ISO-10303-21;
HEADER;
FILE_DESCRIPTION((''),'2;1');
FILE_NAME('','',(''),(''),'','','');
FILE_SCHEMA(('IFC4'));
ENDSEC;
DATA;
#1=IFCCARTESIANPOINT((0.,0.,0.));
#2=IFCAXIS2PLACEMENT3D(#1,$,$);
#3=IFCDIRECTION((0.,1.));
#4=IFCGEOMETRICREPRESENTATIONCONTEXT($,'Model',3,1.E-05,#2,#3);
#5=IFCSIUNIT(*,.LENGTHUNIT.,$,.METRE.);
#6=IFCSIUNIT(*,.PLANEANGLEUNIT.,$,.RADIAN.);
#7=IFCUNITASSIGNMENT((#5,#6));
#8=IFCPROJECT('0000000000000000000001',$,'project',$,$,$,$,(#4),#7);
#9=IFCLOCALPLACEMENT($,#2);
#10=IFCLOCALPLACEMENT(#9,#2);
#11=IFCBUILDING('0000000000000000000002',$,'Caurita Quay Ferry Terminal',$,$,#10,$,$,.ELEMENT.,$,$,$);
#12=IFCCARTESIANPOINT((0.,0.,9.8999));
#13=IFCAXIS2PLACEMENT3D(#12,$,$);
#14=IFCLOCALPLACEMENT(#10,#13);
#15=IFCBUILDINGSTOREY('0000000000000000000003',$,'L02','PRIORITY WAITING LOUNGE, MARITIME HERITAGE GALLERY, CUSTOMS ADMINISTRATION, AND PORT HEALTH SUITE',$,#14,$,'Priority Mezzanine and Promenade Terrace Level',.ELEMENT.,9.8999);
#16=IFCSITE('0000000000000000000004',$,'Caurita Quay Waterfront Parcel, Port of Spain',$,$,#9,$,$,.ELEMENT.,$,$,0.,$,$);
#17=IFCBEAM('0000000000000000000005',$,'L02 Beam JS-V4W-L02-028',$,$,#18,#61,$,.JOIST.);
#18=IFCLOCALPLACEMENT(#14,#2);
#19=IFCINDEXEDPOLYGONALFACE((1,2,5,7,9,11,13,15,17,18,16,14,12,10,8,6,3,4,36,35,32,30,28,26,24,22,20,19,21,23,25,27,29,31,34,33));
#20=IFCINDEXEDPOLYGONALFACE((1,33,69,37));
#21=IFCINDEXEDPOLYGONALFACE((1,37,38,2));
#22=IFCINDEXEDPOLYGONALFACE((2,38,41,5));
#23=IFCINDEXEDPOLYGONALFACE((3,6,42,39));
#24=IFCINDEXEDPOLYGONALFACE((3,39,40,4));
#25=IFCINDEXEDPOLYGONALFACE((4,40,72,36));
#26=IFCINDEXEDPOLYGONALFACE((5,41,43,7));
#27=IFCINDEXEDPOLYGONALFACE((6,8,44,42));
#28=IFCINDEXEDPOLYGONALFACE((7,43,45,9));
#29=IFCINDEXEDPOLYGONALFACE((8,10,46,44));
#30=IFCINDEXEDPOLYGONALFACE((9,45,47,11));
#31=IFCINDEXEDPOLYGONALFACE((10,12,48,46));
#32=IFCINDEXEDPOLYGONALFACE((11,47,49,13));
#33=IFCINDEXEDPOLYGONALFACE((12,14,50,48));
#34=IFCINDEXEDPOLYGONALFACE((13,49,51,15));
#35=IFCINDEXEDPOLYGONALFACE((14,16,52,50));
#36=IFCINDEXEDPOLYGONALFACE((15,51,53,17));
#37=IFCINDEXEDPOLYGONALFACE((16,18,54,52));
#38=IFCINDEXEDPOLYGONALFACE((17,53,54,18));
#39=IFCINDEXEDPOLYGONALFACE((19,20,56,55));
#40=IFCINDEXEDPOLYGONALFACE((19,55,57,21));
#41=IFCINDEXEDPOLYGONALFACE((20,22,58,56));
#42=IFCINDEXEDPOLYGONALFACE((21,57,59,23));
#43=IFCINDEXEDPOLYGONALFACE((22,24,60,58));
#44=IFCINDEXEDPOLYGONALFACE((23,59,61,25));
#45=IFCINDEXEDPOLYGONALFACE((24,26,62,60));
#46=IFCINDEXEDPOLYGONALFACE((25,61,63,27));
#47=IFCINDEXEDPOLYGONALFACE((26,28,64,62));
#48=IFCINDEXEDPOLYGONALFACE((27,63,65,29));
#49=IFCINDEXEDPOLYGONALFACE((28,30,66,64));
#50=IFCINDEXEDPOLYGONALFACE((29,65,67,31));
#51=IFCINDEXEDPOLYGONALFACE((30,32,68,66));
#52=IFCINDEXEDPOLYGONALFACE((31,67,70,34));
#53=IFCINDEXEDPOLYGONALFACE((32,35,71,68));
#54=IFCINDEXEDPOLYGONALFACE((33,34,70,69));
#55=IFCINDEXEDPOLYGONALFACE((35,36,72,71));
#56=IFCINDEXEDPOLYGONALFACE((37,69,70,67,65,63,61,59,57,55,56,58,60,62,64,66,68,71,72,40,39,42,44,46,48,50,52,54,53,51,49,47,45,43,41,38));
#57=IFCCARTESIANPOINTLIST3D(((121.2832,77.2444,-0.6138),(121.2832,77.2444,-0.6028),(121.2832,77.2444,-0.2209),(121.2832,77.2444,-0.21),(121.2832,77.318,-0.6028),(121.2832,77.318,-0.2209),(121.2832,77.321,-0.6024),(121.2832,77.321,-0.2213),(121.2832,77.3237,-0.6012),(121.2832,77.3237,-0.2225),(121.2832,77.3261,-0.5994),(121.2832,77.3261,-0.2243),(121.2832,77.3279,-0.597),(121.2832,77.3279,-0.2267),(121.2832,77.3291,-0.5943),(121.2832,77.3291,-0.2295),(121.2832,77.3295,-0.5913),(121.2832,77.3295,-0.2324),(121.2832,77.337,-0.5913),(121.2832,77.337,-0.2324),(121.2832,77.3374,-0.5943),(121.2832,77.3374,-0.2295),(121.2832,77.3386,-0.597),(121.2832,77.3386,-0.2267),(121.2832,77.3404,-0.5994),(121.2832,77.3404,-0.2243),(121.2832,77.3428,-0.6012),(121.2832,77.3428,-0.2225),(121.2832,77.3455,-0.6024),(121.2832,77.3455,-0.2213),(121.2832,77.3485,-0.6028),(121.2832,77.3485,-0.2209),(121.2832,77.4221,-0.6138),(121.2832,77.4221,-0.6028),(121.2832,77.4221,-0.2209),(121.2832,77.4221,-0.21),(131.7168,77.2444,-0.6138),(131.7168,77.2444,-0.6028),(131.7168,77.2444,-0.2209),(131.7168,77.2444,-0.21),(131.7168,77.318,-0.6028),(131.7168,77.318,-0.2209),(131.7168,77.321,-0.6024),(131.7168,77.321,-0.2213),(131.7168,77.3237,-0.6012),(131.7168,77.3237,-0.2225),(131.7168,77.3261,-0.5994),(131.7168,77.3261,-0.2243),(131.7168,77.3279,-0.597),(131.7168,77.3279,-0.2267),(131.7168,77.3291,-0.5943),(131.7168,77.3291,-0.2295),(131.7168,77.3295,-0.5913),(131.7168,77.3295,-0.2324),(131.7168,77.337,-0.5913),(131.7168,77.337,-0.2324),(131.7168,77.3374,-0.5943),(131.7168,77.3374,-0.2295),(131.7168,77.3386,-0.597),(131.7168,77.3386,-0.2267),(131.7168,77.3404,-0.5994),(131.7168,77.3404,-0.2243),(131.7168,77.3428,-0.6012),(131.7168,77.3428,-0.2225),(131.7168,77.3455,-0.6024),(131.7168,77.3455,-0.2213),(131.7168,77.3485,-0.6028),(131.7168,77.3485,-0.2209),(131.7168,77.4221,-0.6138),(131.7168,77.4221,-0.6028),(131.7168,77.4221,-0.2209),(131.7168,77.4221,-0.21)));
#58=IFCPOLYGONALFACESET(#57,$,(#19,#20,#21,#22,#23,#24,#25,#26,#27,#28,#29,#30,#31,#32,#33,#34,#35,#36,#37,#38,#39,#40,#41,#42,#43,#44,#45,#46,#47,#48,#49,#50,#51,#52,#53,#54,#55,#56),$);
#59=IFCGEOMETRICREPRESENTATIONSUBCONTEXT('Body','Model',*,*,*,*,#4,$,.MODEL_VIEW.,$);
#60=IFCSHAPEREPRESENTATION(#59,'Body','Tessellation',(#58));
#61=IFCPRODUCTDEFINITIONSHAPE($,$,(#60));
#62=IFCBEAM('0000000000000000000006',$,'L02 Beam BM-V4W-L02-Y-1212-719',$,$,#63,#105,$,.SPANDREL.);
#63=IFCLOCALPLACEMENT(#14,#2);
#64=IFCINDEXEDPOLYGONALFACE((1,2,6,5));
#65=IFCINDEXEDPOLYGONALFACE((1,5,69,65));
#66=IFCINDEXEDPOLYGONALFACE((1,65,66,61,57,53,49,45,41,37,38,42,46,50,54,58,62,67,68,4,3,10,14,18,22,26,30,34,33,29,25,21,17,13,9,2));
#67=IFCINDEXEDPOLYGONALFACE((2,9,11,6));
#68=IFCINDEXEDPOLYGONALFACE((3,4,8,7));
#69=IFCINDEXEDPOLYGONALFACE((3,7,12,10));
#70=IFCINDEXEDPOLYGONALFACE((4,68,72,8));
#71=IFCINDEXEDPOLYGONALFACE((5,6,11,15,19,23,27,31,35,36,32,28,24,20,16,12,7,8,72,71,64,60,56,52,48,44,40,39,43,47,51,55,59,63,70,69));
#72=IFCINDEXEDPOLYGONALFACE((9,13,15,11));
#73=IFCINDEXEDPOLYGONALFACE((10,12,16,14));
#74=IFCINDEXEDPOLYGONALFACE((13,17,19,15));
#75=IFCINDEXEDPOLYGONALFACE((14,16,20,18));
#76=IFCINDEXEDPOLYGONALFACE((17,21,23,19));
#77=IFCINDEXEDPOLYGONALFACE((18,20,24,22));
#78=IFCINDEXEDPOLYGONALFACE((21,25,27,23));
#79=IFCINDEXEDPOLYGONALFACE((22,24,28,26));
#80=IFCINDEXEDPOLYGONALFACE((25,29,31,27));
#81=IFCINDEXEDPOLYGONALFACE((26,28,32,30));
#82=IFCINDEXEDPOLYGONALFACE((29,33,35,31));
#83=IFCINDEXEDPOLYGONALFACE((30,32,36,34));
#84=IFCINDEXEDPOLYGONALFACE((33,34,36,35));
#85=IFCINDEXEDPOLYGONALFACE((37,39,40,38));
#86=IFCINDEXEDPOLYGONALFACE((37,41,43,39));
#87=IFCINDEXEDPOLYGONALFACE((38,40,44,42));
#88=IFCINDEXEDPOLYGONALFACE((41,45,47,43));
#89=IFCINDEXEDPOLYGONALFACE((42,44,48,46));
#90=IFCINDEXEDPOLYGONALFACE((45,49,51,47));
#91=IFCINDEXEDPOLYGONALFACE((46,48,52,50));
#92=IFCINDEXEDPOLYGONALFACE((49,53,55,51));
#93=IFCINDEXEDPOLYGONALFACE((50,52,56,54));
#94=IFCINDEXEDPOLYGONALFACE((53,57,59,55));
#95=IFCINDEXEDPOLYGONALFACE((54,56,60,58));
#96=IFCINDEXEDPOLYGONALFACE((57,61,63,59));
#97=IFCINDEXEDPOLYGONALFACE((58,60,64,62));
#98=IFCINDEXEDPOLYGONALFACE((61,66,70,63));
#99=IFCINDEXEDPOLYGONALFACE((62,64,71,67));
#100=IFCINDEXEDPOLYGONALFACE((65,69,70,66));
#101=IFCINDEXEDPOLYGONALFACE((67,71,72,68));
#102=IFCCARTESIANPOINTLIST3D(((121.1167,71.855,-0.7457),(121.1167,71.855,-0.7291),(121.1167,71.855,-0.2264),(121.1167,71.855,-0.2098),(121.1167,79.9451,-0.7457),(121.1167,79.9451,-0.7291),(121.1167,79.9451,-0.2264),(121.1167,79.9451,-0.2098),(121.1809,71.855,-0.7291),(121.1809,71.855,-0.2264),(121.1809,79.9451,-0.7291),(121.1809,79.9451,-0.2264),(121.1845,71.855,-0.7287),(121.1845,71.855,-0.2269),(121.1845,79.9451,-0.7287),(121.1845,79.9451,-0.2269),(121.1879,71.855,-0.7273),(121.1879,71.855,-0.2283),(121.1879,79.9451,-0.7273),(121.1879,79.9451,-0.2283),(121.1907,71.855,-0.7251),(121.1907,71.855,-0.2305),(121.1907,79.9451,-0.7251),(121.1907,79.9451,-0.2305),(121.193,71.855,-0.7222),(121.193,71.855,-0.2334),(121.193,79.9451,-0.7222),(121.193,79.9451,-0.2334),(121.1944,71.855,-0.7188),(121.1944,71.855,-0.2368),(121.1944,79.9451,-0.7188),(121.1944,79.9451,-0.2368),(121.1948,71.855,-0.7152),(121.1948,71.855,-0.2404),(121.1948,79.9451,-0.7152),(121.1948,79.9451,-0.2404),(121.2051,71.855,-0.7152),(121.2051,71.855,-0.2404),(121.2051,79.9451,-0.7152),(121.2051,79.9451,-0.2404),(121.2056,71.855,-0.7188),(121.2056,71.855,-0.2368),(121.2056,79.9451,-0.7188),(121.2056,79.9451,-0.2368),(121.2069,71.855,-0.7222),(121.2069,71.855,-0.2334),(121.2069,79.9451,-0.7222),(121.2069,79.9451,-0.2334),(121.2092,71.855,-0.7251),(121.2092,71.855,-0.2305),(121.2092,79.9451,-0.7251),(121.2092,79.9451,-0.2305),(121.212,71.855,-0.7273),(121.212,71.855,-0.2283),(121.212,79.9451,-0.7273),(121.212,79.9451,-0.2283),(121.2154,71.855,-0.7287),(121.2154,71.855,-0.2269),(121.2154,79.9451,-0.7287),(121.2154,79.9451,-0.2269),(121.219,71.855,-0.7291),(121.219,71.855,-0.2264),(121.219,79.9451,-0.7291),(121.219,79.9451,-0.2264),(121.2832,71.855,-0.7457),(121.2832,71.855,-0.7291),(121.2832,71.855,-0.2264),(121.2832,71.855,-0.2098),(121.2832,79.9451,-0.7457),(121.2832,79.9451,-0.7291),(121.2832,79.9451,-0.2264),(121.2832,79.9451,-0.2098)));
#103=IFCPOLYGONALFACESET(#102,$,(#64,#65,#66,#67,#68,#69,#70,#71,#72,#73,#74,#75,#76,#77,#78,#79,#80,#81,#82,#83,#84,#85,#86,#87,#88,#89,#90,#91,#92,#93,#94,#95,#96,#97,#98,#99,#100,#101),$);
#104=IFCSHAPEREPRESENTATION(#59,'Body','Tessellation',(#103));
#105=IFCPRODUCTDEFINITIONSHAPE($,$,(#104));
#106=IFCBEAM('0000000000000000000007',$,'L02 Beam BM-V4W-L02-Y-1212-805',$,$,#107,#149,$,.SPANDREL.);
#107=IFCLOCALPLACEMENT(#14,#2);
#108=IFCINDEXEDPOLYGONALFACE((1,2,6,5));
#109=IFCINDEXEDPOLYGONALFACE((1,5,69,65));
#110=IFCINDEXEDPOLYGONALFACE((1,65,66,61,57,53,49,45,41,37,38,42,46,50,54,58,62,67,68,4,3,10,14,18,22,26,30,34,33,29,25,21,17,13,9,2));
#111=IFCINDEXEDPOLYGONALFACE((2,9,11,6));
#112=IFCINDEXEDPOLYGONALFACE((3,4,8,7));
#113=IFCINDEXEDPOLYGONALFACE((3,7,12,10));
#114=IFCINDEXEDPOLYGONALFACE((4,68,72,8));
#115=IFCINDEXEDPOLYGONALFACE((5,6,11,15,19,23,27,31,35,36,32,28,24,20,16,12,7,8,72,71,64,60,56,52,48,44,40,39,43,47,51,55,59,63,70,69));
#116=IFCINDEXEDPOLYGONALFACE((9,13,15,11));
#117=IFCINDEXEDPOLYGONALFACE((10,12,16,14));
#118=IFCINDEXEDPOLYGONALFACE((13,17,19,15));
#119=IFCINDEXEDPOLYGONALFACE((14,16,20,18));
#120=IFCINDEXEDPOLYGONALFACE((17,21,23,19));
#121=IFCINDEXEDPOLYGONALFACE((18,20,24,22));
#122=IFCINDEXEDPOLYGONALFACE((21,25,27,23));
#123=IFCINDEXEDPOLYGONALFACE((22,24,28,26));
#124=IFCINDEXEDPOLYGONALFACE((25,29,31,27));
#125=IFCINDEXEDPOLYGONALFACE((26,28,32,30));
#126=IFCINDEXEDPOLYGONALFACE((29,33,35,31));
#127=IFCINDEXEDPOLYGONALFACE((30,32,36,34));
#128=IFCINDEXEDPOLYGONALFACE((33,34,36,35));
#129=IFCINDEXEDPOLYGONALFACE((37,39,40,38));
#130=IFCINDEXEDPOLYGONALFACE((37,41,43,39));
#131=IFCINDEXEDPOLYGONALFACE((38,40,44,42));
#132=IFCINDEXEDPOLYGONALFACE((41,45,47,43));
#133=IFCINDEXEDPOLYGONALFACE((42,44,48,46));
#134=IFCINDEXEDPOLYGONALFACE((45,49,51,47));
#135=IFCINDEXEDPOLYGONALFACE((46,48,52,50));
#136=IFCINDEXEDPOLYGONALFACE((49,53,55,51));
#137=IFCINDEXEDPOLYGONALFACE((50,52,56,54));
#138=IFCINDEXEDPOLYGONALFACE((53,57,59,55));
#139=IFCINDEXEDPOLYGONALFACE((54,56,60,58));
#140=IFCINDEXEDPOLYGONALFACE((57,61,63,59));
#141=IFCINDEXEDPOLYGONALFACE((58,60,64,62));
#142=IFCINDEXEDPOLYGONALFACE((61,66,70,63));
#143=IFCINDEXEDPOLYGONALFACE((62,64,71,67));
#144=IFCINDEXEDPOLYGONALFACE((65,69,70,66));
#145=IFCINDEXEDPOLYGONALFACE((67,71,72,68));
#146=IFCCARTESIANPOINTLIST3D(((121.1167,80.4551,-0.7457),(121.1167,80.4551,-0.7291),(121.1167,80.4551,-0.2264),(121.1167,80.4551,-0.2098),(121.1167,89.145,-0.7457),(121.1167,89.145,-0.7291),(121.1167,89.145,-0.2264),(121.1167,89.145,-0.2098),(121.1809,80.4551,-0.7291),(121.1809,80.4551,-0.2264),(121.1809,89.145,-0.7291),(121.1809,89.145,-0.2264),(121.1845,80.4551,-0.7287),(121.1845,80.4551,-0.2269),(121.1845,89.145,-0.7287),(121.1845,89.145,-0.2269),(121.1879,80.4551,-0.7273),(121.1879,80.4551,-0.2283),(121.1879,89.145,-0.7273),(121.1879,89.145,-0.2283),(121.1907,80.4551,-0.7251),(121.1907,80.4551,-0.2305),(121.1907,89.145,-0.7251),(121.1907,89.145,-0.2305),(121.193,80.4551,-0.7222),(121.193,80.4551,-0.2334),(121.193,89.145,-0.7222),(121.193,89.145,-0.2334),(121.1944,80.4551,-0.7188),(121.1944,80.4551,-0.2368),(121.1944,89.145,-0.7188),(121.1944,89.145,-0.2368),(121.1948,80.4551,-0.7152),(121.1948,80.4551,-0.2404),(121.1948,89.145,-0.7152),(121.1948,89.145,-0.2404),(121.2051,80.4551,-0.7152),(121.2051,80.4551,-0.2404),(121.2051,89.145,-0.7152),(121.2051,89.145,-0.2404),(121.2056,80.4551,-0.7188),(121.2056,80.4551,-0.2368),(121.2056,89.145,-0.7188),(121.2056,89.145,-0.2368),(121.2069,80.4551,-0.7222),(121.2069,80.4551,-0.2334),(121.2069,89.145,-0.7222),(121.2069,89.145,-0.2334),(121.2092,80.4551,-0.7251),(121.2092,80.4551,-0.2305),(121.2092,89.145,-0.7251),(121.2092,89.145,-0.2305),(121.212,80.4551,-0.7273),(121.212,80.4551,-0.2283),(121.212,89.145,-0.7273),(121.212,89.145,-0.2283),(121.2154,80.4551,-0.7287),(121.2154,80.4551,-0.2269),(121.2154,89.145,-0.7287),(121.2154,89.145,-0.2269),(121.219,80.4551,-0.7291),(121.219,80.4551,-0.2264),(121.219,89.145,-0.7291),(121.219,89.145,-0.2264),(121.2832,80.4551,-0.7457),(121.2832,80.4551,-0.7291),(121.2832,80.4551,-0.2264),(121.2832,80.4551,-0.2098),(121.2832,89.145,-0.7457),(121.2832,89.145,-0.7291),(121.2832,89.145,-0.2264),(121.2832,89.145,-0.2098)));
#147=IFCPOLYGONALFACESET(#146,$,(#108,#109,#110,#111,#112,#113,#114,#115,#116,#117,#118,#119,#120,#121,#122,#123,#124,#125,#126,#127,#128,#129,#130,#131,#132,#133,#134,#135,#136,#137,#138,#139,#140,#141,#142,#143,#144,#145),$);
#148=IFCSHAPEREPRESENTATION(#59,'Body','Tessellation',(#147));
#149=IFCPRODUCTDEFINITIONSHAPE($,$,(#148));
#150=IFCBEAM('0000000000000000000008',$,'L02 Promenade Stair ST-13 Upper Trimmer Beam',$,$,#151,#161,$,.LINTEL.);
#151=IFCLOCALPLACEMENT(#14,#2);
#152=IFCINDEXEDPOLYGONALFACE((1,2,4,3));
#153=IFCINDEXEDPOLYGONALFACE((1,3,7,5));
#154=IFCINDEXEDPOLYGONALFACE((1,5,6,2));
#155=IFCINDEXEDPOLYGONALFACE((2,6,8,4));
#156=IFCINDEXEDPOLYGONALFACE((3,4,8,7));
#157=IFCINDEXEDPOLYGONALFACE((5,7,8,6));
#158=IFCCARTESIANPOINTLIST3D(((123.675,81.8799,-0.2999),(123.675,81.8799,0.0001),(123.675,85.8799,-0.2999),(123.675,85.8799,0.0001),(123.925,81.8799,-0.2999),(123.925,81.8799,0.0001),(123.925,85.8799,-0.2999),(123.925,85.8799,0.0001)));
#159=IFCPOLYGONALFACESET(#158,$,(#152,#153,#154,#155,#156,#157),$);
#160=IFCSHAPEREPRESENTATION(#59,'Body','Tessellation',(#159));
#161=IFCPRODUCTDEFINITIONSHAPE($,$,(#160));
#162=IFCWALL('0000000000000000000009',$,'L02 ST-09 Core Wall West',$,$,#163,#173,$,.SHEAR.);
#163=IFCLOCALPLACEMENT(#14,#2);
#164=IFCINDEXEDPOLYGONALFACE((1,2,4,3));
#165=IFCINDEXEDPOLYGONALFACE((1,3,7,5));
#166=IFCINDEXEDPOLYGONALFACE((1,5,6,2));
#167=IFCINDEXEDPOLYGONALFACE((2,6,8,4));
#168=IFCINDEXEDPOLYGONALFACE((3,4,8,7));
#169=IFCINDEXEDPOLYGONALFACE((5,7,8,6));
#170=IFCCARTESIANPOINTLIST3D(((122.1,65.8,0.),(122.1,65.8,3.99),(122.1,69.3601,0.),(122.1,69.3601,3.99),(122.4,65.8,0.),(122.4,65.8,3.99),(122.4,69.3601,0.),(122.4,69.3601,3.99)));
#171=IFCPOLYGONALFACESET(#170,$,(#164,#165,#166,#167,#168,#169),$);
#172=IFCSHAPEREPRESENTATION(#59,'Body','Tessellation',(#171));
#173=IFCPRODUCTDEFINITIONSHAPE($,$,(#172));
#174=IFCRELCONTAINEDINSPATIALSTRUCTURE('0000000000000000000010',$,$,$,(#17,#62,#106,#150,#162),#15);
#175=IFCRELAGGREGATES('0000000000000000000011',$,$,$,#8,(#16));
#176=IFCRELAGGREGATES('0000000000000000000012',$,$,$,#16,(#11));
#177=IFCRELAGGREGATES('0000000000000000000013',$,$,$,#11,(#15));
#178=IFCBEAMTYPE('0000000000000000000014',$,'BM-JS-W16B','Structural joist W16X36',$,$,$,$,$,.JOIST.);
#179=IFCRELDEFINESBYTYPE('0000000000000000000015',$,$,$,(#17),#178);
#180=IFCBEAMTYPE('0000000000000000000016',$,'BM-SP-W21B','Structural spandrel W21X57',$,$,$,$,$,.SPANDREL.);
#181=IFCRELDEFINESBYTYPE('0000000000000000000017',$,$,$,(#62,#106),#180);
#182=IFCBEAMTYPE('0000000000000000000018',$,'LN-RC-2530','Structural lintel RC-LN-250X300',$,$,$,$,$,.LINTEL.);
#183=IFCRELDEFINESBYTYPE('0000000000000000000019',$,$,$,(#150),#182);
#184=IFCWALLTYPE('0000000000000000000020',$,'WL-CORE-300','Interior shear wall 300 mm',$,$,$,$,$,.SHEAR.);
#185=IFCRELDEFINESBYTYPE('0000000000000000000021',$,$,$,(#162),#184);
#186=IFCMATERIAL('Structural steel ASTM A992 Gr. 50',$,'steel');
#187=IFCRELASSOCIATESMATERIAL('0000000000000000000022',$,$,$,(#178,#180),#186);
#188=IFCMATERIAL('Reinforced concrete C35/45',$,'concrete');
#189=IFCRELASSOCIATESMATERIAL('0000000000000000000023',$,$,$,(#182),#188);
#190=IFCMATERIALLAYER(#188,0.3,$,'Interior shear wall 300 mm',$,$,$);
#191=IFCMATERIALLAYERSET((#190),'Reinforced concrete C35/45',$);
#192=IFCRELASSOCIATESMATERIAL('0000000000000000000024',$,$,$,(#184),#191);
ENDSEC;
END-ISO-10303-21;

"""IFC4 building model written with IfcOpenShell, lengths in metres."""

from ifc_helpers import new_model, si_unit, direction, frame, frame_2d, origin, origin_2d, place, context, subcontext, project, spatial, rectangle, i_section, extrude, material, layer, layer_set, material_profile, profile_set, type_object, element, save


model = new_model("IFC4")

# Units and contexts
model_context = context("Model", 3, precision=1e-05, world=origin(), true_north=direction((0.0, 1.0)))
body_context = subcontext(model_context, "Body", "Model", "MODEL_VIEW")
ifc_project = project(units=[si_unit("LENGTHUNIT", "METRE"), si_unit("PLANEANGLEUNIT", "RADIAN")], contexts=[model_context])

# Site, building, storey
site_placement = place(None, origin())
site = spatial("IfcSite", under=ifc_project, at=site_placement, Name="Caurita Quay Waterfront Parcel, Port of Spain", CompositionType="ELEMENT", RefElevation=0.0)
building_placement = place(site_placement, origin())
building = spatial("IfcBuilding", under=site, at=building_placement, Name="Caurita Quay Ferry Terminal", CompositionType="ELEMENT")
storey_placement = place(building_placement, frame((0.0, 0.0, 9.8999)))
storey = spatial("IfcBuildingStorey", under=building, at=storey_placement, Name="L02", Description="PRIORITY WAITING LOUNGE, MARITIME HERITAGE GALLERY, CUSTOMS ADMINISTRATION, AND PORT HEALTH SUITE", LongName="Priority Mezzanine and Promenade Terrace Level", CompositionType="ELEMENT", Elevation=9.8999)

# Shared definitions
ifc_material_1 = material(Name="Structural steel ASTM A992 Gr. 50", Category="steel")

# Beams
ifc_material_profile_1 = material_profile(ifc_material_1, i_section(OverallWidth=0.1777, OverallDepth=0.4038, WebThickness=0.0076, FlangeThickness=0.011, FilletRadius=0.0115, at=origin_2d()), Name="W16X36")
ifc_profile_set_1 = profile_set([ifc_material_profile_1], Name="Structural steel ASTM A992 Gr. 50")
beam_type_1 = type_object("IfcBeamType", Name="BM-JS-W16B", Description="Structural joist W16X36", PredefinedType="JOIST", material=ifc_profile_set_1)
for number, where, z_axis, x_axis, name in (
    (1, (121.2832, 77.3333, -0.4119), (1.0, 0.0, 0.0), (0.0, 1.0, 0.0), "L02 Beam JS-V4W-L02-028"),
):
    element("IfcBeam", number, at=place(storey_placement, frame(where, z_axis=z_axis, x_axis=x_axis)), inside=storey, type_object=beam_type_1, Name=name, PredefinedType="JOIST", context=body_context, shape_type="SweptSolid", body=[
        extrude(i_section(OverallWidth=0.1777, OverallDepth=0.4038, WebThickness=0.0076, FlangeThickness=0.011, FilletRadius=0.0115, at=origin_2d()), origin(), (0.0, 0.0, 1.0), 10.4336),
    ])
ifc_material_profile_2 = material_profile(ifc_material_1, i_section(OverallWidth=0.1665, OverallDepth=0.5359, WebThickness=0.0103, FlangeThickness=0.0166, FilletRadius=0.0139, at=origin_2d()), Name="W21X57")
ifc_profile_set_2 = profile_set([ifc_material_profile_2], Name="Structural steel ASTM A992 Gr. 50")
beam_type_2 = type_object("IfcBeamType", Name="BM-SP-W21B", Description="Structural spandrel W21X57", PredefinedType="SPANDREL", material=ifc_profile_set_2)
beam_1_placement = place(storey_placement, frame((121.2, 71.855, -0.4778), z_axis=(0.0, 1.0, 0.0), x_axis=(-1.0, 0.0, 0.0)))
element("IfcBeam", 2, at=beam_1_placement, inside=storey, type_object=beam_type_2, Name="L02 Beam BM-V4W-L02-Y-1212-719", PredefinedType="SPANDREL", context=body_context, shape_type="SweptSolid", body=[
    extrude(i_section(OverallWidth=0.1665, OverallDepth=0.5359, WebThickness=0.0103, FlangeThickness=0.0166, FilletRadius=0.0139, at=origin_2d()), origin(), (0.0, 0.0, 1.0), 8.0901),
])
beam_2_placement = place(storey_placement, frame((121.2, 80.4551, -0.4778), z_axis=(0.0, 1.0, 0.0), x_axis=(-1.0, 0.0, 0.0)))
element("IfcBeam", 3, at=beam_2_placement, inside=storey, type_object=beam_type_2, Name="L02 Beam BM-V4W-L02-Y-1212-805", PredefinedType="SPANDREL", context=body_context, shape_type="SweptSolid", body=[
    extrude(i_section(OverallWidth=0.1665, OverallDepth=0.5359, WebThickness=0.0103, FlangeThickness=0.0166, FilletRadius=0.0139, at=origin_2d()), origin(), (0.0, 0.0, 1.0), 8.6899),
])
ifc_material_2 = material(Name="Reinforced concrete C35/45", Category="concrete")
ifc_material_profile_3 = material_profile(ifc_material_2, rectangle(XDim=0.25, YDim=0.3, at=origin_2d()), Name="RC-LN-250X300")
ifc_profile_set_3 = profile_set([ifc_material_profile_3], Name="Reinforced concrete C35/45")
beam_type_3 = type_object("IfcBeamType", Name="LN-RC-2530", Description="Structural lintel RC-LN-250X300", PredefinedType="LINTEL", material=ifc_profile_set_3)
beam_3_placement = place(storey_placement, frame((123.8, 81.8799, -0.1499), z_axis=(0.0, 1.0, 0.0), x_axis=(-1.0, 0.0, 0.0)))
element("IfcBeam", 4, at=beam_3_placement, inside=storey, type_object=beam_type_3, Name="L02 Promenade Stair ST-13 Upper Trimmer Beam", PredefinedType="LINTEL", context=body_context, shape_type="SweptSolid", body=[
    extrude(rectangle(XDim=0.25, YDim=0.3, at=origin_2d()), origin(), (0.0, 0.0, 1.0), 4.0),
])

# Wall
ifc_layer_1 = layer(ifc_material_2, 0.3, Name="Interior shear wall 300 mm")
ifc_layer_set_1 = layer_set([ifc_layer_1], Name="Reinforced concrete C35/45")
wall_type_1 = type_object("IfcWallType", Name="WL-CORE-300", Description="Interior shear wall 300 mm", PredefinedType="SHEAR", material=ifc_layer_set_1)
wall_1_placement = place(storey_placement, frame((122.25, 69.3601, 0.0), z_axis=(0.0, 0.0, 1.0), x_axis=(0.0, -1.0, 0.0)))
element("IfcWall", 5, at=wall_1_placement, inside=storey, type_object=wall_type_1, Name="L02 ST-09 Core Wall West", PredefinedType="SHEAR", context=body_context, shape_type="SweptSolid", body=[
    extrude(rectangle(XDim=3.5601, YDim=0.3, at=frame_2d((1.78, 0.0))), origin(), (0.0, 0.0, 1.0), 3.99),
])

save(model, "model.ifc")
